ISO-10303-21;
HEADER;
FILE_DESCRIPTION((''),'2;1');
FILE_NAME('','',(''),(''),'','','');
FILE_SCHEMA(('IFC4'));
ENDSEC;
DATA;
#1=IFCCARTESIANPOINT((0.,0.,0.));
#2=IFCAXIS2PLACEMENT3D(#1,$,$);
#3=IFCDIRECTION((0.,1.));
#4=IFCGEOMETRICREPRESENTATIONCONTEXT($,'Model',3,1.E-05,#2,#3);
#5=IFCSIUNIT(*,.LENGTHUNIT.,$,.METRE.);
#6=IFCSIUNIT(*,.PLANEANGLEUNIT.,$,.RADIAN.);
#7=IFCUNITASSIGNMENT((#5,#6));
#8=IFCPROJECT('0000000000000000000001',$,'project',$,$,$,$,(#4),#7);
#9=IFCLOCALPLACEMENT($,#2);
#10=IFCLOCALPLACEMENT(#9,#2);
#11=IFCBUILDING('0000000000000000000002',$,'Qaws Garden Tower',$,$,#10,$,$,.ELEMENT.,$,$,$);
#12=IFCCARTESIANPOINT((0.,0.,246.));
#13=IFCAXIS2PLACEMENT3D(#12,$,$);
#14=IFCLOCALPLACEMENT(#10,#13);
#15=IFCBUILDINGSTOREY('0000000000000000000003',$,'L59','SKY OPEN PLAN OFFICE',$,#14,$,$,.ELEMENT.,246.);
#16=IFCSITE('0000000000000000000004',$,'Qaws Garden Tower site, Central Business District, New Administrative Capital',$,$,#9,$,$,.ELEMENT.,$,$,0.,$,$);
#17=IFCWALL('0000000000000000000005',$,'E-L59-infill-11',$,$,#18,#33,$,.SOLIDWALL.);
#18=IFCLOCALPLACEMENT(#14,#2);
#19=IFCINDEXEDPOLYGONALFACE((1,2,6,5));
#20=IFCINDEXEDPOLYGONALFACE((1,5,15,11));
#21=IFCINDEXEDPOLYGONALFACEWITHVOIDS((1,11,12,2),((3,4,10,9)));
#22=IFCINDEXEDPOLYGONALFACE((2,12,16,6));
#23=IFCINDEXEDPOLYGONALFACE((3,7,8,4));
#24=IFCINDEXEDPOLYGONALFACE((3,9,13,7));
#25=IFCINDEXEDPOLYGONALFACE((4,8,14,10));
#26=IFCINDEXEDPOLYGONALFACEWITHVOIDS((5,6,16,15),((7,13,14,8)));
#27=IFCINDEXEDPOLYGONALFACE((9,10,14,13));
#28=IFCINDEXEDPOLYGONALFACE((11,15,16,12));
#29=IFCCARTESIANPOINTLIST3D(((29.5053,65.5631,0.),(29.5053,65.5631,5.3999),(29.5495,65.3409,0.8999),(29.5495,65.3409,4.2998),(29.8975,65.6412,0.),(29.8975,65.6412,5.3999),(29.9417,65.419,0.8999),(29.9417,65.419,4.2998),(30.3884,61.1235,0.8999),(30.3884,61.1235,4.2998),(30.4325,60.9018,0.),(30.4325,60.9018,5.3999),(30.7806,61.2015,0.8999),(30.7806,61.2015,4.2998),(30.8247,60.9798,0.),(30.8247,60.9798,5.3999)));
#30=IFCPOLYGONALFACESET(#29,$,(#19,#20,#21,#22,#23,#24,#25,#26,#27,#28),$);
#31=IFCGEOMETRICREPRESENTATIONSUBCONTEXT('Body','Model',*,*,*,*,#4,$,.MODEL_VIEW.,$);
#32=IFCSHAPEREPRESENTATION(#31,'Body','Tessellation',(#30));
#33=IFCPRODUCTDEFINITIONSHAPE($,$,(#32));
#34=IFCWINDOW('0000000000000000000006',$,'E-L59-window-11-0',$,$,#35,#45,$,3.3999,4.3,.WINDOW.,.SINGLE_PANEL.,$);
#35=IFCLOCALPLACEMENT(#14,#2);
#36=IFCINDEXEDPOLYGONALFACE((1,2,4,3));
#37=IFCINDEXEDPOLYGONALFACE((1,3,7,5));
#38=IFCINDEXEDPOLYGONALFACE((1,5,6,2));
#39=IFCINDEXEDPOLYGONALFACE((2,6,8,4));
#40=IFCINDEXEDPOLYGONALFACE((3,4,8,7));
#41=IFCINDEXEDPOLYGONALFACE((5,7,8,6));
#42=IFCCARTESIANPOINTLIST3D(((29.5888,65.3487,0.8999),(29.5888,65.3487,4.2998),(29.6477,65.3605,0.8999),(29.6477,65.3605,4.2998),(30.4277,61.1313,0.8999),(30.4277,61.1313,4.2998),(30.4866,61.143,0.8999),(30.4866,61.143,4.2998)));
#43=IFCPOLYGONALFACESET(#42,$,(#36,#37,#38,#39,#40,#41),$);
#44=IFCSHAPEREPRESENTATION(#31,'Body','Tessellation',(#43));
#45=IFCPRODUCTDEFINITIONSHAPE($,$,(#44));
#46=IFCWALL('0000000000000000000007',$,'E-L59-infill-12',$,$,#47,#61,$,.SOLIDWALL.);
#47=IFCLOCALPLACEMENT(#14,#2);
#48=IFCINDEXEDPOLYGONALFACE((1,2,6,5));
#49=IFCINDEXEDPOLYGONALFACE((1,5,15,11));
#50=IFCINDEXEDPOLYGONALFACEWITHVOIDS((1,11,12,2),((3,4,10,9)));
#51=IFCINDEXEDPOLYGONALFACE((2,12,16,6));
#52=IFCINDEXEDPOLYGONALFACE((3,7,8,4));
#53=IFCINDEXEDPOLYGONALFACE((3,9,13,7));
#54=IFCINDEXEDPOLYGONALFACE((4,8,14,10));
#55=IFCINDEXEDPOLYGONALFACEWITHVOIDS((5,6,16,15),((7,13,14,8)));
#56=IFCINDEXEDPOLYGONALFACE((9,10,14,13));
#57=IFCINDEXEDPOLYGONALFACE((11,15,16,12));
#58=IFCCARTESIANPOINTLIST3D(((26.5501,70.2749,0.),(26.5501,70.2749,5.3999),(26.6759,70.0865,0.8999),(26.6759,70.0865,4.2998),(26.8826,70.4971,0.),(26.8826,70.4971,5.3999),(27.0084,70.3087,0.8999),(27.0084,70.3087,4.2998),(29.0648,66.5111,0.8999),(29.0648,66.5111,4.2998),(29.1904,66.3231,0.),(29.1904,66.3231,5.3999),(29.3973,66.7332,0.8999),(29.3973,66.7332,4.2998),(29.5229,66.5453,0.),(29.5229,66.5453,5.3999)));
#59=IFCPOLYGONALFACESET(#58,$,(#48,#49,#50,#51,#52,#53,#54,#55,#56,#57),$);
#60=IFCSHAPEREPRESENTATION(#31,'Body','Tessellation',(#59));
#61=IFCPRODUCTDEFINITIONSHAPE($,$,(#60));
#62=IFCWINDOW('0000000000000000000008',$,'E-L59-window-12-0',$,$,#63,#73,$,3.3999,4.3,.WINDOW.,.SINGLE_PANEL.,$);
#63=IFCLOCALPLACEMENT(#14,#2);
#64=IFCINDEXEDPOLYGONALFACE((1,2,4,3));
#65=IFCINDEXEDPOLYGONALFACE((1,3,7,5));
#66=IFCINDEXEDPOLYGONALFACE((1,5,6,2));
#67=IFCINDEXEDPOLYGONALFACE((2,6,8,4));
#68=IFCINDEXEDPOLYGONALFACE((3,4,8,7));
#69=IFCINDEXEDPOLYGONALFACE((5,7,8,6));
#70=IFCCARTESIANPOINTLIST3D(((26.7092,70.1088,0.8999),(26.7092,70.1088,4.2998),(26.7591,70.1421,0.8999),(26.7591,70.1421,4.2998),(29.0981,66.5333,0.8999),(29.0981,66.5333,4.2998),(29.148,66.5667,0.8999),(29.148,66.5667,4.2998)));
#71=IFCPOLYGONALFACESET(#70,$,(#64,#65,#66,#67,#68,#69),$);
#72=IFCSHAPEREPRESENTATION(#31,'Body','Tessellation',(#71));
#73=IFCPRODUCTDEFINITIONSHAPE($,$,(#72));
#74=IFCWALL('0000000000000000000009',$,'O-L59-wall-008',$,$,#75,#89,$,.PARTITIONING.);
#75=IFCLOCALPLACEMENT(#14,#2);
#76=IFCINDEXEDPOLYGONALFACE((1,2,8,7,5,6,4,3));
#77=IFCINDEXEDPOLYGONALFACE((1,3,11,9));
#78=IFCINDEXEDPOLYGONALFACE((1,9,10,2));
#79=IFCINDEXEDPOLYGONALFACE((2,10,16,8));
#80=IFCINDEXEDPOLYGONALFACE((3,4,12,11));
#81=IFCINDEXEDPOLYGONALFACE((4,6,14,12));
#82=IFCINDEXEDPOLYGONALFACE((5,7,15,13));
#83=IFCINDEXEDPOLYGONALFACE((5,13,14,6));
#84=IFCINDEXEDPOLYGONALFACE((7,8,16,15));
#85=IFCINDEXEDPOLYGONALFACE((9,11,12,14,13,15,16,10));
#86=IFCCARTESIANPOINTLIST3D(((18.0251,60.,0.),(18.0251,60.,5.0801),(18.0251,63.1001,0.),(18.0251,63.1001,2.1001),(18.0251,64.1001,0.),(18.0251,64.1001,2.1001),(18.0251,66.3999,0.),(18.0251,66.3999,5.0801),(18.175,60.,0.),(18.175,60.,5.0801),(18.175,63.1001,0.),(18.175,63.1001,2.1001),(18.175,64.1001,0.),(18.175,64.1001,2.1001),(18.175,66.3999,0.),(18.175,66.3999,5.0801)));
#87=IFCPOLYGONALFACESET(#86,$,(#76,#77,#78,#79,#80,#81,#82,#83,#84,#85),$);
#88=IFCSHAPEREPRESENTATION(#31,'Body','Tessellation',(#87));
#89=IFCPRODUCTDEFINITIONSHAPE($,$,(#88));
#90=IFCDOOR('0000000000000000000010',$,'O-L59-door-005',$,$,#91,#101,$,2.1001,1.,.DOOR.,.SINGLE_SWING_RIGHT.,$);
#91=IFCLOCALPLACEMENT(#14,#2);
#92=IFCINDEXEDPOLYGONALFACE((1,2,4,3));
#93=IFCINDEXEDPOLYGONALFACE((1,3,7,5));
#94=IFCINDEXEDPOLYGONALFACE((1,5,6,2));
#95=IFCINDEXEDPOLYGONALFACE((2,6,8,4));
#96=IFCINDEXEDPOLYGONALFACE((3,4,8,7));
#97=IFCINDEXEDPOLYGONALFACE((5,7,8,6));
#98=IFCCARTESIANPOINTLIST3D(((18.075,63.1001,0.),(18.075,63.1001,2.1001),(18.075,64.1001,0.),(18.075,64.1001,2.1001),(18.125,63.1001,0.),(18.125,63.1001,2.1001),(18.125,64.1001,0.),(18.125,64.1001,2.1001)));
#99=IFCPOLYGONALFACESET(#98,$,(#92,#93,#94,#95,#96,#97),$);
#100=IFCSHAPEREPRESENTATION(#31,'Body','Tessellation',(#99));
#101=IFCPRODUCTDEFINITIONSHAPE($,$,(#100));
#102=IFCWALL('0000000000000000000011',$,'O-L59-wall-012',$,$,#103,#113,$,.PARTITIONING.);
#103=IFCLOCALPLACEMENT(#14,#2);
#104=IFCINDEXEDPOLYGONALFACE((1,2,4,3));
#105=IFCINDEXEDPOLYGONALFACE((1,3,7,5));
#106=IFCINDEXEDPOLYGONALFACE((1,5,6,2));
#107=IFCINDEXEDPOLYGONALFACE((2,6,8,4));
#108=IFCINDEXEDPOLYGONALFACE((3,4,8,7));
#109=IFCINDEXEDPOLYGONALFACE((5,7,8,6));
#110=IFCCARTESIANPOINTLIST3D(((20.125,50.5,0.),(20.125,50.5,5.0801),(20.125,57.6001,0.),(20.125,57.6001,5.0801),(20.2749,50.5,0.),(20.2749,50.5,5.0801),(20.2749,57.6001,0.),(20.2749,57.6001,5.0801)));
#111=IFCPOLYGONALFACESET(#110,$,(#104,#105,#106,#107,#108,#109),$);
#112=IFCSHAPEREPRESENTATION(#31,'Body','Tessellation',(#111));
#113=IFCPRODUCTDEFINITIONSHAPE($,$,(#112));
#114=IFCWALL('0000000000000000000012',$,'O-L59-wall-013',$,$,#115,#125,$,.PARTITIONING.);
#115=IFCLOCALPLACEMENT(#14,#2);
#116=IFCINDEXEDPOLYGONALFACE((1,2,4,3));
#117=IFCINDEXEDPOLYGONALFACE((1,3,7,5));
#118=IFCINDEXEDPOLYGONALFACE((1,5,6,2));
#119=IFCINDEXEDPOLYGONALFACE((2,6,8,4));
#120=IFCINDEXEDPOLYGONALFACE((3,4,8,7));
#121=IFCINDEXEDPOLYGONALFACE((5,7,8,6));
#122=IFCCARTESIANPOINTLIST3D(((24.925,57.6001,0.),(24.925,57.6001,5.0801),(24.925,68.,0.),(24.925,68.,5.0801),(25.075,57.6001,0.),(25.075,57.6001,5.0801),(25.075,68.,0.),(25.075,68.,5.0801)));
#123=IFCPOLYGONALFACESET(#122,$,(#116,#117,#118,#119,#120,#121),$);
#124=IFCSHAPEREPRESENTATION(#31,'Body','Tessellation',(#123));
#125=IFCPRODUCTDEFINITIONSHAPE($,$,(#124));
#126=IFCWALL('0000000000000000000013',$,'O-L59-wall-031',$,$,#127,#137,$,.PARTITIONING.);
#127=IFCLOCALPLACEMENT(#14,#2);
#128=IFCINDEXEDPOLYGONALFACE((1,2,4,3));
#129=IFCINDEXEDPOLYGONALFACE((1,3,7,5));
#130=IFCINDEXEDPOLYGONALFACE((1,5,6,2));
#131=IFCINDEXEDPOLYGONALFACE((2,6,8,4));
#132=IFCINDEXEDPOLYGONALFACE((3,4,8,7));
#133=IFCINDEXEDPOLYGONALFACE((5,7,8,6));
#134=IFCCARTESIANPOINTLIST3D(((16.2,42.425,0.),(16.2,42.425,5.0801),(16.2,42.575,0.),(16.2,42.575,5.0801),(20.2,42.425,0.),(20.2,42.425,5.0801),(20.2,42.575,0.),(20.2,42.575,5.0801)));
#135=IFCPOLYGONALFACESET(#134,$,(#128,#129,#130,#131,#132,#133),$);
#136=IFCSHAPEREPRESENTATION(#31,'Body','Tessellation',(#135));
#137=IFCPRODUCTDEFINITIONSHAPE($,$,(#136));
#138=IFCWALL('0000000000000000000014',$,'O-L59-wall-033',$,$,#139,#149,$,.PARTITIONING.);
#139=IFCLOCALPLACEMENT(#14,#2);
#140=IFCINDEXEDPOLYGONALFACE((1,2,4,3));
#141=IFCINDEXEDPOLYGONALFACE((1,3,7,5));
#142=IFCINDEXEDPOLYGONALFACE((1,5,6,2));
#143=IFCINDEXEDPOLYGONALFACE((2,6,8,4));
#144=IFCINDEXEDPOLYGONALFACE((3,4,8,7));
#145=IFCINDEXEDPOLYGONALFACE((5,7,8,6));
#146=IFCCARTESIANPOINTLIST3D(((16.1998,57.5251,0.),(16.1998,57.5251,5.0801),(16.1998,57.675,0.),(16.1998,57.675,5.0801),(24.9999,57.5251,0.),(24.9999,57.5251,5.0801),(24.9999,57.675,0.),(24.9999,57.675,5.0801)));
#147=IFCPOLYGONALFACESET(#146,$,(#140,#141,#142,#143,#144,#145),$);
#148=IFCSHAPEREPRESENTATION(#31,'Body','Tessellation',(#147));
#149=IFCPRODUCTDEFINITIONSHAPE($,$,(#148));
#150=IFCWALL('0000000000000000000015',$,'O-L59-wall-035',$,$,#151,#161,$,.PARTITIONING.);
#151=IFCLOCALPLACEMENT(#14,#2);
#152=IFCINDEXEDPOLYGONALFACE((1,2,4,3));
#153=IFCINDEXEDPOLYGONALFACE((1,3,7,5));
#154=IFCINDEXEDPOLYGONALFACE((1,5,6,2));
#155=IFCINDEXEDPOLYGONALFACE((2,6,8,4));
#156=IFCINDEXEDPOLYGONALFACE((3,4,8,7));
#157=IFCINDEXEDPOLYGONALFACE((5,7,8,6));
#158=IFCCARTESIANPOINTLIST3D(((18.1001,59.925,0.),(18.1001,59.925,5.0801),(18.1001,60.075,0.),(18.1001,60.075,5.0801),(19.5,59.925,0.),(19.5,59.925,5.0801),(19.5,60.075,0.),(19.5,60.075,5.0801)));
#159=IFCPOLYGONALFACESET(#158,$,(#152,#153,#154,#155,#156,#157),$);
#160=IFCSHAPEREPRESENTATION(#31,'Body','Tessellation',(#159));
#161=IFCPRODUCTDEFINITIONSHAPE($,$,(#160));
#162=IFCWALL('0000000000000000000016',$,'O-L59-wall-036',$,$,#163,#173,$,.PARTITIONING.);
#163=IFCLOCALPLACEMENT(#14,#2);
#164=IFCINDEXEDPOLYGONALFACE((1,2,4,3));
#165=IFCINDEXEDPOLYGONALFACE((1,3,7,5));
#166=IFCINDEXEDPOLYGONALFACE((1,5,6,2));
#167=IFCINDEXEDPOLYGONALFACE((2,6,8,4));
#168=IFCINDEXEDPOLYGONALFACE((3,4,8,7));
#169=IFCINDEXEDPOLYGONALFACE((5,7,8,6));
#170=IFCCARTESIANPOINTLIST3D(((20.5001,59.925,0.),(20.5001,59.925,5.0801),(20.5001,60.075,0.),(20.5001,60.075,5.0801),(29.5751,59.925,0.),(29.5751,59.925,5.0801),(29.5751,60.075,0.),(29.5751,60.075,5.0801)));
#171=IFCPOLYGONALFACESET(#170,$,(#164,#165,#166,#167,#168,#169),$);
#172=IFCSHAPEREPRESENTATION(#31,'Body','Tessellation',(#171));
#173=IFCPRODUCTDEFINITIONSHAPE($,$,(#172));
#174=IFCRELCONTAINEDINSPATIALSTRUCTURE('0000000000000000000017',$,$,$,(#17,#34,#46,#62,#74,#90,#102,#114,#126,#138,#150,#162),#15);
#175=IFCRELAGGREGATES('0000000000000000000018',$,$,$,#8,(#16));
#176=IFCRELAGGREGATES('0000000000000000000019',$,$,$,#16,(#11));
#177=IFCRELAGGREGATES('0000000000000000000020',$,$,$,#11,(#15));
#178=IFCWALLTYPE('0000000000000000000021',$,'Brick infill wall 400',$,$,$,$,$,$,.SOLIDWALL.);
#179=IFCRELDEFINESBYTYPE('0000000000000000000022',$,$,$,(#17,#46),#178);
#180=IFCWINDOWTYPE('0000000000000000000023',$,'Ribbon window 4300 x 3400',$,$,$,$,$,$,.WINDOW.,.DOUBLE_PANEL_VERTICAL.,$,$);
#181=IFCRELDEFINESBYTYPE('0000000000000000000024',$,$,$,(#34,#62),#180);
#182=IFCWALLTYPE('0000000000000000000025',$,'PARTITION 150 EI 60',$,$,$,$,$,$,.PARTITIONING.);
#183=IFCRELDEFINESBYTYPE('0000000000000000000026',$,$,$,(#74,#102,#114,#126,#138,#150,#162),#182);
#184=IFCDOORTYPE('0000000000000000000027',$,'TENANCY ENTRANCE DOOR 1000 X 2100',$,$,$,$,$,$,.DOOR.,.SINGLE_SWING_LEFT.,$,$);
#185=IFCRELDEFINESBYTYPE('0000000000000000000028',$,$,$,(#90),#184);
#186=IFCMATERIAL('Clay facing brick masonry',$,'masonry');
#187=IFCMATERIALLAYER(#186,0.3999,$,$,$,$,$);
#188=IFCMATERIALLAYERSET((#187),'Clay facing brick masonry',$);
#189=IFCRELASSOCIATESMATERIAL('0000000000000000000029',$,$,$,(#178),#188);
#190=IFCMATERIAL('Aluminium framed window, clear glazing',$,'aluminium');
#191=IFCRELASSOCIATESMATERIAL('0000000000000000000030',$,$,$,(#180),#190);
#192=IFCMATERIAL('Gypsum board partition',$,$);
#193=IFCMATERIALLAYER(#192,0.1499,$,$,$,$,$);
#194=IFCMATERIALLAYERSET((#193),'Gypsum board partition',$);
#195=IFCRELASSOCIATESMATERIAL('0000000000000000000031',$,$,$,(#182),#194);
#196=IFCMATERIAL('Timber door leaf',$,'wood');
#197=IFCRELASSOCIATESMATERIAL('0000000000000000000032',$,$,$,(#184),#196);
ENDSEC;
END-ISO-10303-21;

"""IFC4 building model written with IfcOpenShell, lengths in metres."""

from ifc_helpers import new_model, si_unit, direction, frame, frame_2d, origin, place, context, subcontext, project, spatial, rectangle, extrude, material, layer, layer_set, type_object, element, fill, save


model = new_model("IFC4")

# Units and contexts
model_context = context("Model", 3, precision=1e-05, world=origin(), true_north=direction((0.0, 1.0)))
body_context = subcontext(model_context, "Body", "Model", "MODEL_VIEW")
ifc_project = project(units=[si_unit("LENGTHUNIT", "METRE"), si_unit("PLANEANGLEUNIT", "RADIAN")], contexts=[model_context])

# Site, building, storey
site_placement = place(None, origin())
site = spatial("IfcSite", under=ifc_project, at=site_placement, Name="Qaws Garden Tower site, Central Business District, New Administrative Capital", CompositionType="ELEMENT", RefElevation=0.0)
building_placement = place(site_placement, origin())
building = spatial("IfcBuilding", under=site, at=building_placement, Name="Qaws Garden Tower", CompositionType="ELEMENT")
storey_placement = place(building_placement, frame((0.0, 0.0, 246.0)))
storey = spatial("IfcBuildingStorey", under=building, at=storey_placement, Name="L59", Description="SKY OPEN PLAN OFFICE", CompositionType="ELEMENT", Elevation=246.0)

# Shared definitions
ifc_material_1 = material(Name="Clay facing brick masonry", Category="masonry")
ifc_layer_1 = layer(ifc_material_1, 0.3999)
ifc_layer_set_1 = layer_set([ifc_layer_1], Name="Clay facing brick masonry")
wall_type_1 = type_object("IfcWallType", Name="Brick infill wall 400", PredefinedType="SOLIDWALL", material=ifc_layer_set_1)

# Walls, openings, windows
wall_1_placement = place(storey_placement, frame((30.6287, 60.9407, 0.0), z_axis=(0.0, 0.0, 1.0), x_axis=(-0.195099, 0.980784, 0.0)))
wall_1 = element("IfcWall", 1, at=wall_1_placement, inside=storey, type_object=wall_type_1, Name="E-L59-infill-11", PredefinedType="SOLIDWALL", context=body_context, shape_type="SweptSolid", body=[
    extrude(rectangle(XDim=4.7527, YDim=0.3999, at=frame_2d((2.3765, 0.0))), origin(), (0.0, 0.0, 1.0), 5.3999),
])
opening_1_placement = place(wall_1_placement, frame((0.2263, 0.0, 0.8999)))
opening_1 = element("IfcOpeningElement", 2, at=opening_1_placement, cuts=wall_1, PredefinedType="OPENING", context=body_context, shape_type="SweptSolid", body=[
    extrude(rectangle(XDim=4.3, YDim=3.3999, at=frame_2d((2.1499, 1.7))), frame((0.0, 0.21, 0.0), z_axis=(0.0, -1.0, 0.0), x_axis=(1.0, 0.0, 0.0)), (0.0, 0.0, 1.0), 0.4199),
])
ifc_material_2 = material(Name="Aluminium framed window, clear glazing", Category="aluminium")
window_type_1 = type_object("IfcWindowType", Name="Ribbon window 4300 x 3400", PartitioningType="DOUBLE_PANEL_VERTICAL", PredefinedType="WINDOW", material=ifc_material_2)
window_1_placement = place(opening_1_placement, origin())
window_1 = element("IfcWindow", 3, at=window_1_placement, inside=storey, type_object=window_type_1, Name="E-L59-window-11-0", OverallHeight=3.3999, OverallWidth=4.3, PartitioningType="SINGLE_PANEL", PredefinedType="WINDOW", context=body_context, shape_type="SweptSolid", body=[
    extrude(rectangle(XDim=4.3, YDim=3.3999, at=frame_2d((2.1499, 1.7))), frame((0.0, 0.1599, 0.0), z_axis=(0.0, -1.0, 0.0), x_axis=(1.0, 0.0, 0.0)), (0.0, 0.0, 1.0), 0.0601),
])
fill(opening_1, window_1)
wall_2_placement = place(storey_placement, frame((29.3567, 66.4341, 0.0), z_axis=(0.0, 0.0, 1.0), x_axis=(-0.555542, 0.831489, 0.0)))
wall_2 = element("IfcWall", 4, at=wall_2_placement, inside=storey, type_object=wall_type_1, Name="E-L59-infill-12", PredefinedType="SOLIDWALL", context=body_context, shape_type="SweptSolid", body=[
    extrude(rectangle(XDim=4.7527, YDim=0.3999, at=frame_2d((2.3765, 0.0))), origin(), (0.0, 0.0, 1.0), 5.3999),
])
opening_2_placement = place(wall_2_placement, frame((0.2263, 0.0, 0.8999)))
opening_2 = element("IfcOpeningElement", 5, at=opening_2_placement, cuts=wall_2, PredefinedType="OPENING", context=body_context, shape_type="SweptSolid", body=[
    extrude(rectangle(XDim=4.3, YDim=3.3999, at=frame_2d((2.1499, 1.7))), frame((0.0, 0.21, 0.0), z_axis=(0.0, -1.0, 0.0), x_axis=(1.0, 0.0, 0.0)), (0.0, 0.0, 1.0), 0.4199),
])
window_2_placement = place(opening_2_placement, origin())
window_2 = element("IfcWindow", 6, at=window_2_placement, inside=storey, type_object=window_type_1, Name="E-L59-window-12-0", OverallHeight=3.3999, OverallWidth=4.3, PartitioningType="SINGLE_PANEL", PredefinedType="WINDOW", context=body_context, shape_type="SweptSolid", body=[
    extrude(rectangle(XDim=4.3, YDim=3.3999, at=frame_2d((2.1499, 1.7))), frame((0.0, 0.1599, 0.0), z_axis=(0.0, -1.0, 0.0), x_axis=(1.0, 0.0, 0.0)), (0.0, 0.0, 1.0), 0.0601),
])
fill(opening_2, window_2)

# Wall, opening, door
ifc_material_3 = material(Name="Gypsum board partition")
ifc_layer_2 = layer(ifc_material_3, 0.1499)
ifc_layer_set_2 = layer_set([ifc_layer_2], Name="Gypsum board partition")
wall_type_2 = type_object("IfcWallType", Name="PARTITION 150 EI 60", PredefinedType="PARTITIONING", material=ifc_layer_set_2)
wall_3_placement = place(storey_placement, frame((18.1001, 60.0, 0.0), z_axis=(0.0, 0.0, 1.0), x_axis=(0.0, 1.0, 0.0)))
wall_3 = element("IfcWall", 7, at=wall_3_placement, inside=storey, type_object=wall_type_2, Name="O-L59-wall-008", PredefinedType="PARTITIONING", context=body_context, shape_type="SweptSolid", body=[
    extrude(rectangle(XDim=6.3999, YDim=0.1499, at=frame_2d((3.2, 0.0))), origin(), (0.0, 0.0, 1.0), 5.0801),
])
opening_3_placement = place(wall_3_placement, frame((3.1001, 0.0, 0.0)))
opening_3 = element("IfcOpeningElement", 8, at=opening_3_placement, cuts=wall_3, PredefinedType="OPENING", context=body_context, shape_type="SweptSolid", body=[
    extrude(rectangle(XDim=1.0, YDim=2.1001, at=frame_2d((0.5, 1.05))), frame((0.0, 0.085, 0.0), z_axis=(0.0, -1.0, 0.0), x_axis=(1.0, 0.0, 0.0)), (0.0, 0.0, 1.0), 0.1699),
])
ifc_material_4 = material(Name="Timber door leaf", Category="wood")
door_type = type_object("IfcDoorType", Name="TENANCY ENTRANCE DOOR 1000 X 2100", OperationType="SINGLE_SWING_LEFT", PredefinedType="DOOR", material=ifc_material_4)
door_placement = place(opening_3_placement, frame((1.0, 0.0, 0.0), z_axis=(0.0, 0.0, 1.0), x_axis=(-1.0, 0.0, 0.0)))
door = element("IfcDoor", 9, at=door_placement, inside=storey, type_object=door_type, Name="O-L59-door-005", OperationType="SINGLE_SWING_RIGHT", OverallHeight=2.1001, OverallWidth=1.0, PredefinedType="DOOR", context=body_context, shape_type="SweptSolid", body=[
    extrude(rectangle(XDim=1.0, YDim=2.1001, at=frame_2d((0.5, 1.05))), frame((0.0, 0.0249, 0.0), z_axis=(0.0, -1.0, 0.0), x_axis=(1.0, 0.0, 0.0)), (0.0, 0.0, 1.0), 0.05),
])
fill(opening_3, door)

# Walls
wall_4_placement = place(storey_placement, frame((20.2, 50.5, 0.0), z_axis=(0.0, 0.0, 1.0), x_axis=(0.0, 1.0, 0.0)))
element("IfcWall", 10, at=wall_4_placement, inside=storey, type_object=wall_type_2, Name="O-L59-wall-012", PredefinedType="PARTITIONING", context=body_context, shape_type="SweptSolid", body=[
    extrude(rectangle(XDim=7.1001, YDim=0.1499, at=frame_2d((3.55, 0.0))), origin(), (0.0, 0.0, 1.0), 5.0801),
])
wall_5_placement = place(storey_placement, frame((25.0, 57.6001, 0.0), z_axis=(0.0, 0.0, 1.0), x_axis=(0.0, 1.0, 0.0)))
element("IfcWall", 11, at=wall_5_placement, inside=storey, type_object=wall_type_2, Name="O-L59-wall-013", PredefinedType="PARTITIONING", context=body_context, shape_type="SweptSolid", body=[
    extrude(rectangle(XDim=10.3999, YDim=0.1499, at=frame_2d((5.2, 0.0))), origin(), (0.0, 0.0, 1.0), 5.0801),
])
wall_6_placement = place(storey_placement, frame((16.2, 42.5, 0.0), z_axis=(0.0, 0.0, 1.0), x_axis=(1.0, 0.0, 0.0)))
element("IfcWall", 12, at=wall_6_placement, inside=storey, type_object=wall_type_2, Name="O-L59-wall-031", PredefinedType="PARTITIONING", context=body_context, shape_type="SweptSolid", body=[
    extrude(rectangle(XDim=4.0, YDim=0.1499, at=frame_2d((2.0, 0.0))), origin(), (0.0, 0.0, 1.0), 5.0801),
])
wall_7_placement = place(storey_placement, frame((16.2, 57.6001, 0.0), z_axis=(0.0, 0.0, 1.0), x_axis=(1.0, 0.0, 0.0)))
element("IfcWall", 13, at=wall_7_placement, inside=storey, type_object=wall_type_2, Name="O-L59-wall-033", PredefinedType="PARTITIONING", context=body_context, shape_type="SweptSolid", body=[
    extrude(rectangle(XDim=8.8, YDim=0.1499, at=frame_2d((4.3999, 0.0))), origin(), (0.0, 0.0, 1.0), 5.0801),
])
wall_8_placement = place(storey_placement, frame((18.1001, 60.0, 0.0), z_axis=(0.0, 0.0, 1.0), x_axis=(1.0, 0.0, 0.0)))
element("IfcWall", 14, at=wall_8_placement, inside=storey, type_object=wall_type_2, Name="O-L59-wall-035", PredefinedType="PARTITIONING", context=body_context, shape_type="SweptSolid", body=[
    extrude(rectangle(XDim=1.3999, YDim=0.1499, at=frame_2d((0.7, 0.0))), origin(), (0.0, 0.0, 1.0), 5.0801),
])
wall_9_placement = place(storey_placement, frame((20.5, 60.0, 0.0), z_axis=(0.0, 0.0, 1.0), x_axis=(1.0, 0.0, 0.0)))
element("IfcWall", 15, at=wall_9_placement, inside=storey, type_object=wall_type_2, Name="O-L59-wall-036", PredefinedType="PARTITIONING", context=body_context, shape_type="SweptSolid", body=[
    extrude(rectangle(XDim=9.075, YDim=0.1499, at=frame_2d((4.5376, 0.0))), origin(), (0.0, 0.0, 1.0), 5.0801),
])

save(model, "model.ifc")
